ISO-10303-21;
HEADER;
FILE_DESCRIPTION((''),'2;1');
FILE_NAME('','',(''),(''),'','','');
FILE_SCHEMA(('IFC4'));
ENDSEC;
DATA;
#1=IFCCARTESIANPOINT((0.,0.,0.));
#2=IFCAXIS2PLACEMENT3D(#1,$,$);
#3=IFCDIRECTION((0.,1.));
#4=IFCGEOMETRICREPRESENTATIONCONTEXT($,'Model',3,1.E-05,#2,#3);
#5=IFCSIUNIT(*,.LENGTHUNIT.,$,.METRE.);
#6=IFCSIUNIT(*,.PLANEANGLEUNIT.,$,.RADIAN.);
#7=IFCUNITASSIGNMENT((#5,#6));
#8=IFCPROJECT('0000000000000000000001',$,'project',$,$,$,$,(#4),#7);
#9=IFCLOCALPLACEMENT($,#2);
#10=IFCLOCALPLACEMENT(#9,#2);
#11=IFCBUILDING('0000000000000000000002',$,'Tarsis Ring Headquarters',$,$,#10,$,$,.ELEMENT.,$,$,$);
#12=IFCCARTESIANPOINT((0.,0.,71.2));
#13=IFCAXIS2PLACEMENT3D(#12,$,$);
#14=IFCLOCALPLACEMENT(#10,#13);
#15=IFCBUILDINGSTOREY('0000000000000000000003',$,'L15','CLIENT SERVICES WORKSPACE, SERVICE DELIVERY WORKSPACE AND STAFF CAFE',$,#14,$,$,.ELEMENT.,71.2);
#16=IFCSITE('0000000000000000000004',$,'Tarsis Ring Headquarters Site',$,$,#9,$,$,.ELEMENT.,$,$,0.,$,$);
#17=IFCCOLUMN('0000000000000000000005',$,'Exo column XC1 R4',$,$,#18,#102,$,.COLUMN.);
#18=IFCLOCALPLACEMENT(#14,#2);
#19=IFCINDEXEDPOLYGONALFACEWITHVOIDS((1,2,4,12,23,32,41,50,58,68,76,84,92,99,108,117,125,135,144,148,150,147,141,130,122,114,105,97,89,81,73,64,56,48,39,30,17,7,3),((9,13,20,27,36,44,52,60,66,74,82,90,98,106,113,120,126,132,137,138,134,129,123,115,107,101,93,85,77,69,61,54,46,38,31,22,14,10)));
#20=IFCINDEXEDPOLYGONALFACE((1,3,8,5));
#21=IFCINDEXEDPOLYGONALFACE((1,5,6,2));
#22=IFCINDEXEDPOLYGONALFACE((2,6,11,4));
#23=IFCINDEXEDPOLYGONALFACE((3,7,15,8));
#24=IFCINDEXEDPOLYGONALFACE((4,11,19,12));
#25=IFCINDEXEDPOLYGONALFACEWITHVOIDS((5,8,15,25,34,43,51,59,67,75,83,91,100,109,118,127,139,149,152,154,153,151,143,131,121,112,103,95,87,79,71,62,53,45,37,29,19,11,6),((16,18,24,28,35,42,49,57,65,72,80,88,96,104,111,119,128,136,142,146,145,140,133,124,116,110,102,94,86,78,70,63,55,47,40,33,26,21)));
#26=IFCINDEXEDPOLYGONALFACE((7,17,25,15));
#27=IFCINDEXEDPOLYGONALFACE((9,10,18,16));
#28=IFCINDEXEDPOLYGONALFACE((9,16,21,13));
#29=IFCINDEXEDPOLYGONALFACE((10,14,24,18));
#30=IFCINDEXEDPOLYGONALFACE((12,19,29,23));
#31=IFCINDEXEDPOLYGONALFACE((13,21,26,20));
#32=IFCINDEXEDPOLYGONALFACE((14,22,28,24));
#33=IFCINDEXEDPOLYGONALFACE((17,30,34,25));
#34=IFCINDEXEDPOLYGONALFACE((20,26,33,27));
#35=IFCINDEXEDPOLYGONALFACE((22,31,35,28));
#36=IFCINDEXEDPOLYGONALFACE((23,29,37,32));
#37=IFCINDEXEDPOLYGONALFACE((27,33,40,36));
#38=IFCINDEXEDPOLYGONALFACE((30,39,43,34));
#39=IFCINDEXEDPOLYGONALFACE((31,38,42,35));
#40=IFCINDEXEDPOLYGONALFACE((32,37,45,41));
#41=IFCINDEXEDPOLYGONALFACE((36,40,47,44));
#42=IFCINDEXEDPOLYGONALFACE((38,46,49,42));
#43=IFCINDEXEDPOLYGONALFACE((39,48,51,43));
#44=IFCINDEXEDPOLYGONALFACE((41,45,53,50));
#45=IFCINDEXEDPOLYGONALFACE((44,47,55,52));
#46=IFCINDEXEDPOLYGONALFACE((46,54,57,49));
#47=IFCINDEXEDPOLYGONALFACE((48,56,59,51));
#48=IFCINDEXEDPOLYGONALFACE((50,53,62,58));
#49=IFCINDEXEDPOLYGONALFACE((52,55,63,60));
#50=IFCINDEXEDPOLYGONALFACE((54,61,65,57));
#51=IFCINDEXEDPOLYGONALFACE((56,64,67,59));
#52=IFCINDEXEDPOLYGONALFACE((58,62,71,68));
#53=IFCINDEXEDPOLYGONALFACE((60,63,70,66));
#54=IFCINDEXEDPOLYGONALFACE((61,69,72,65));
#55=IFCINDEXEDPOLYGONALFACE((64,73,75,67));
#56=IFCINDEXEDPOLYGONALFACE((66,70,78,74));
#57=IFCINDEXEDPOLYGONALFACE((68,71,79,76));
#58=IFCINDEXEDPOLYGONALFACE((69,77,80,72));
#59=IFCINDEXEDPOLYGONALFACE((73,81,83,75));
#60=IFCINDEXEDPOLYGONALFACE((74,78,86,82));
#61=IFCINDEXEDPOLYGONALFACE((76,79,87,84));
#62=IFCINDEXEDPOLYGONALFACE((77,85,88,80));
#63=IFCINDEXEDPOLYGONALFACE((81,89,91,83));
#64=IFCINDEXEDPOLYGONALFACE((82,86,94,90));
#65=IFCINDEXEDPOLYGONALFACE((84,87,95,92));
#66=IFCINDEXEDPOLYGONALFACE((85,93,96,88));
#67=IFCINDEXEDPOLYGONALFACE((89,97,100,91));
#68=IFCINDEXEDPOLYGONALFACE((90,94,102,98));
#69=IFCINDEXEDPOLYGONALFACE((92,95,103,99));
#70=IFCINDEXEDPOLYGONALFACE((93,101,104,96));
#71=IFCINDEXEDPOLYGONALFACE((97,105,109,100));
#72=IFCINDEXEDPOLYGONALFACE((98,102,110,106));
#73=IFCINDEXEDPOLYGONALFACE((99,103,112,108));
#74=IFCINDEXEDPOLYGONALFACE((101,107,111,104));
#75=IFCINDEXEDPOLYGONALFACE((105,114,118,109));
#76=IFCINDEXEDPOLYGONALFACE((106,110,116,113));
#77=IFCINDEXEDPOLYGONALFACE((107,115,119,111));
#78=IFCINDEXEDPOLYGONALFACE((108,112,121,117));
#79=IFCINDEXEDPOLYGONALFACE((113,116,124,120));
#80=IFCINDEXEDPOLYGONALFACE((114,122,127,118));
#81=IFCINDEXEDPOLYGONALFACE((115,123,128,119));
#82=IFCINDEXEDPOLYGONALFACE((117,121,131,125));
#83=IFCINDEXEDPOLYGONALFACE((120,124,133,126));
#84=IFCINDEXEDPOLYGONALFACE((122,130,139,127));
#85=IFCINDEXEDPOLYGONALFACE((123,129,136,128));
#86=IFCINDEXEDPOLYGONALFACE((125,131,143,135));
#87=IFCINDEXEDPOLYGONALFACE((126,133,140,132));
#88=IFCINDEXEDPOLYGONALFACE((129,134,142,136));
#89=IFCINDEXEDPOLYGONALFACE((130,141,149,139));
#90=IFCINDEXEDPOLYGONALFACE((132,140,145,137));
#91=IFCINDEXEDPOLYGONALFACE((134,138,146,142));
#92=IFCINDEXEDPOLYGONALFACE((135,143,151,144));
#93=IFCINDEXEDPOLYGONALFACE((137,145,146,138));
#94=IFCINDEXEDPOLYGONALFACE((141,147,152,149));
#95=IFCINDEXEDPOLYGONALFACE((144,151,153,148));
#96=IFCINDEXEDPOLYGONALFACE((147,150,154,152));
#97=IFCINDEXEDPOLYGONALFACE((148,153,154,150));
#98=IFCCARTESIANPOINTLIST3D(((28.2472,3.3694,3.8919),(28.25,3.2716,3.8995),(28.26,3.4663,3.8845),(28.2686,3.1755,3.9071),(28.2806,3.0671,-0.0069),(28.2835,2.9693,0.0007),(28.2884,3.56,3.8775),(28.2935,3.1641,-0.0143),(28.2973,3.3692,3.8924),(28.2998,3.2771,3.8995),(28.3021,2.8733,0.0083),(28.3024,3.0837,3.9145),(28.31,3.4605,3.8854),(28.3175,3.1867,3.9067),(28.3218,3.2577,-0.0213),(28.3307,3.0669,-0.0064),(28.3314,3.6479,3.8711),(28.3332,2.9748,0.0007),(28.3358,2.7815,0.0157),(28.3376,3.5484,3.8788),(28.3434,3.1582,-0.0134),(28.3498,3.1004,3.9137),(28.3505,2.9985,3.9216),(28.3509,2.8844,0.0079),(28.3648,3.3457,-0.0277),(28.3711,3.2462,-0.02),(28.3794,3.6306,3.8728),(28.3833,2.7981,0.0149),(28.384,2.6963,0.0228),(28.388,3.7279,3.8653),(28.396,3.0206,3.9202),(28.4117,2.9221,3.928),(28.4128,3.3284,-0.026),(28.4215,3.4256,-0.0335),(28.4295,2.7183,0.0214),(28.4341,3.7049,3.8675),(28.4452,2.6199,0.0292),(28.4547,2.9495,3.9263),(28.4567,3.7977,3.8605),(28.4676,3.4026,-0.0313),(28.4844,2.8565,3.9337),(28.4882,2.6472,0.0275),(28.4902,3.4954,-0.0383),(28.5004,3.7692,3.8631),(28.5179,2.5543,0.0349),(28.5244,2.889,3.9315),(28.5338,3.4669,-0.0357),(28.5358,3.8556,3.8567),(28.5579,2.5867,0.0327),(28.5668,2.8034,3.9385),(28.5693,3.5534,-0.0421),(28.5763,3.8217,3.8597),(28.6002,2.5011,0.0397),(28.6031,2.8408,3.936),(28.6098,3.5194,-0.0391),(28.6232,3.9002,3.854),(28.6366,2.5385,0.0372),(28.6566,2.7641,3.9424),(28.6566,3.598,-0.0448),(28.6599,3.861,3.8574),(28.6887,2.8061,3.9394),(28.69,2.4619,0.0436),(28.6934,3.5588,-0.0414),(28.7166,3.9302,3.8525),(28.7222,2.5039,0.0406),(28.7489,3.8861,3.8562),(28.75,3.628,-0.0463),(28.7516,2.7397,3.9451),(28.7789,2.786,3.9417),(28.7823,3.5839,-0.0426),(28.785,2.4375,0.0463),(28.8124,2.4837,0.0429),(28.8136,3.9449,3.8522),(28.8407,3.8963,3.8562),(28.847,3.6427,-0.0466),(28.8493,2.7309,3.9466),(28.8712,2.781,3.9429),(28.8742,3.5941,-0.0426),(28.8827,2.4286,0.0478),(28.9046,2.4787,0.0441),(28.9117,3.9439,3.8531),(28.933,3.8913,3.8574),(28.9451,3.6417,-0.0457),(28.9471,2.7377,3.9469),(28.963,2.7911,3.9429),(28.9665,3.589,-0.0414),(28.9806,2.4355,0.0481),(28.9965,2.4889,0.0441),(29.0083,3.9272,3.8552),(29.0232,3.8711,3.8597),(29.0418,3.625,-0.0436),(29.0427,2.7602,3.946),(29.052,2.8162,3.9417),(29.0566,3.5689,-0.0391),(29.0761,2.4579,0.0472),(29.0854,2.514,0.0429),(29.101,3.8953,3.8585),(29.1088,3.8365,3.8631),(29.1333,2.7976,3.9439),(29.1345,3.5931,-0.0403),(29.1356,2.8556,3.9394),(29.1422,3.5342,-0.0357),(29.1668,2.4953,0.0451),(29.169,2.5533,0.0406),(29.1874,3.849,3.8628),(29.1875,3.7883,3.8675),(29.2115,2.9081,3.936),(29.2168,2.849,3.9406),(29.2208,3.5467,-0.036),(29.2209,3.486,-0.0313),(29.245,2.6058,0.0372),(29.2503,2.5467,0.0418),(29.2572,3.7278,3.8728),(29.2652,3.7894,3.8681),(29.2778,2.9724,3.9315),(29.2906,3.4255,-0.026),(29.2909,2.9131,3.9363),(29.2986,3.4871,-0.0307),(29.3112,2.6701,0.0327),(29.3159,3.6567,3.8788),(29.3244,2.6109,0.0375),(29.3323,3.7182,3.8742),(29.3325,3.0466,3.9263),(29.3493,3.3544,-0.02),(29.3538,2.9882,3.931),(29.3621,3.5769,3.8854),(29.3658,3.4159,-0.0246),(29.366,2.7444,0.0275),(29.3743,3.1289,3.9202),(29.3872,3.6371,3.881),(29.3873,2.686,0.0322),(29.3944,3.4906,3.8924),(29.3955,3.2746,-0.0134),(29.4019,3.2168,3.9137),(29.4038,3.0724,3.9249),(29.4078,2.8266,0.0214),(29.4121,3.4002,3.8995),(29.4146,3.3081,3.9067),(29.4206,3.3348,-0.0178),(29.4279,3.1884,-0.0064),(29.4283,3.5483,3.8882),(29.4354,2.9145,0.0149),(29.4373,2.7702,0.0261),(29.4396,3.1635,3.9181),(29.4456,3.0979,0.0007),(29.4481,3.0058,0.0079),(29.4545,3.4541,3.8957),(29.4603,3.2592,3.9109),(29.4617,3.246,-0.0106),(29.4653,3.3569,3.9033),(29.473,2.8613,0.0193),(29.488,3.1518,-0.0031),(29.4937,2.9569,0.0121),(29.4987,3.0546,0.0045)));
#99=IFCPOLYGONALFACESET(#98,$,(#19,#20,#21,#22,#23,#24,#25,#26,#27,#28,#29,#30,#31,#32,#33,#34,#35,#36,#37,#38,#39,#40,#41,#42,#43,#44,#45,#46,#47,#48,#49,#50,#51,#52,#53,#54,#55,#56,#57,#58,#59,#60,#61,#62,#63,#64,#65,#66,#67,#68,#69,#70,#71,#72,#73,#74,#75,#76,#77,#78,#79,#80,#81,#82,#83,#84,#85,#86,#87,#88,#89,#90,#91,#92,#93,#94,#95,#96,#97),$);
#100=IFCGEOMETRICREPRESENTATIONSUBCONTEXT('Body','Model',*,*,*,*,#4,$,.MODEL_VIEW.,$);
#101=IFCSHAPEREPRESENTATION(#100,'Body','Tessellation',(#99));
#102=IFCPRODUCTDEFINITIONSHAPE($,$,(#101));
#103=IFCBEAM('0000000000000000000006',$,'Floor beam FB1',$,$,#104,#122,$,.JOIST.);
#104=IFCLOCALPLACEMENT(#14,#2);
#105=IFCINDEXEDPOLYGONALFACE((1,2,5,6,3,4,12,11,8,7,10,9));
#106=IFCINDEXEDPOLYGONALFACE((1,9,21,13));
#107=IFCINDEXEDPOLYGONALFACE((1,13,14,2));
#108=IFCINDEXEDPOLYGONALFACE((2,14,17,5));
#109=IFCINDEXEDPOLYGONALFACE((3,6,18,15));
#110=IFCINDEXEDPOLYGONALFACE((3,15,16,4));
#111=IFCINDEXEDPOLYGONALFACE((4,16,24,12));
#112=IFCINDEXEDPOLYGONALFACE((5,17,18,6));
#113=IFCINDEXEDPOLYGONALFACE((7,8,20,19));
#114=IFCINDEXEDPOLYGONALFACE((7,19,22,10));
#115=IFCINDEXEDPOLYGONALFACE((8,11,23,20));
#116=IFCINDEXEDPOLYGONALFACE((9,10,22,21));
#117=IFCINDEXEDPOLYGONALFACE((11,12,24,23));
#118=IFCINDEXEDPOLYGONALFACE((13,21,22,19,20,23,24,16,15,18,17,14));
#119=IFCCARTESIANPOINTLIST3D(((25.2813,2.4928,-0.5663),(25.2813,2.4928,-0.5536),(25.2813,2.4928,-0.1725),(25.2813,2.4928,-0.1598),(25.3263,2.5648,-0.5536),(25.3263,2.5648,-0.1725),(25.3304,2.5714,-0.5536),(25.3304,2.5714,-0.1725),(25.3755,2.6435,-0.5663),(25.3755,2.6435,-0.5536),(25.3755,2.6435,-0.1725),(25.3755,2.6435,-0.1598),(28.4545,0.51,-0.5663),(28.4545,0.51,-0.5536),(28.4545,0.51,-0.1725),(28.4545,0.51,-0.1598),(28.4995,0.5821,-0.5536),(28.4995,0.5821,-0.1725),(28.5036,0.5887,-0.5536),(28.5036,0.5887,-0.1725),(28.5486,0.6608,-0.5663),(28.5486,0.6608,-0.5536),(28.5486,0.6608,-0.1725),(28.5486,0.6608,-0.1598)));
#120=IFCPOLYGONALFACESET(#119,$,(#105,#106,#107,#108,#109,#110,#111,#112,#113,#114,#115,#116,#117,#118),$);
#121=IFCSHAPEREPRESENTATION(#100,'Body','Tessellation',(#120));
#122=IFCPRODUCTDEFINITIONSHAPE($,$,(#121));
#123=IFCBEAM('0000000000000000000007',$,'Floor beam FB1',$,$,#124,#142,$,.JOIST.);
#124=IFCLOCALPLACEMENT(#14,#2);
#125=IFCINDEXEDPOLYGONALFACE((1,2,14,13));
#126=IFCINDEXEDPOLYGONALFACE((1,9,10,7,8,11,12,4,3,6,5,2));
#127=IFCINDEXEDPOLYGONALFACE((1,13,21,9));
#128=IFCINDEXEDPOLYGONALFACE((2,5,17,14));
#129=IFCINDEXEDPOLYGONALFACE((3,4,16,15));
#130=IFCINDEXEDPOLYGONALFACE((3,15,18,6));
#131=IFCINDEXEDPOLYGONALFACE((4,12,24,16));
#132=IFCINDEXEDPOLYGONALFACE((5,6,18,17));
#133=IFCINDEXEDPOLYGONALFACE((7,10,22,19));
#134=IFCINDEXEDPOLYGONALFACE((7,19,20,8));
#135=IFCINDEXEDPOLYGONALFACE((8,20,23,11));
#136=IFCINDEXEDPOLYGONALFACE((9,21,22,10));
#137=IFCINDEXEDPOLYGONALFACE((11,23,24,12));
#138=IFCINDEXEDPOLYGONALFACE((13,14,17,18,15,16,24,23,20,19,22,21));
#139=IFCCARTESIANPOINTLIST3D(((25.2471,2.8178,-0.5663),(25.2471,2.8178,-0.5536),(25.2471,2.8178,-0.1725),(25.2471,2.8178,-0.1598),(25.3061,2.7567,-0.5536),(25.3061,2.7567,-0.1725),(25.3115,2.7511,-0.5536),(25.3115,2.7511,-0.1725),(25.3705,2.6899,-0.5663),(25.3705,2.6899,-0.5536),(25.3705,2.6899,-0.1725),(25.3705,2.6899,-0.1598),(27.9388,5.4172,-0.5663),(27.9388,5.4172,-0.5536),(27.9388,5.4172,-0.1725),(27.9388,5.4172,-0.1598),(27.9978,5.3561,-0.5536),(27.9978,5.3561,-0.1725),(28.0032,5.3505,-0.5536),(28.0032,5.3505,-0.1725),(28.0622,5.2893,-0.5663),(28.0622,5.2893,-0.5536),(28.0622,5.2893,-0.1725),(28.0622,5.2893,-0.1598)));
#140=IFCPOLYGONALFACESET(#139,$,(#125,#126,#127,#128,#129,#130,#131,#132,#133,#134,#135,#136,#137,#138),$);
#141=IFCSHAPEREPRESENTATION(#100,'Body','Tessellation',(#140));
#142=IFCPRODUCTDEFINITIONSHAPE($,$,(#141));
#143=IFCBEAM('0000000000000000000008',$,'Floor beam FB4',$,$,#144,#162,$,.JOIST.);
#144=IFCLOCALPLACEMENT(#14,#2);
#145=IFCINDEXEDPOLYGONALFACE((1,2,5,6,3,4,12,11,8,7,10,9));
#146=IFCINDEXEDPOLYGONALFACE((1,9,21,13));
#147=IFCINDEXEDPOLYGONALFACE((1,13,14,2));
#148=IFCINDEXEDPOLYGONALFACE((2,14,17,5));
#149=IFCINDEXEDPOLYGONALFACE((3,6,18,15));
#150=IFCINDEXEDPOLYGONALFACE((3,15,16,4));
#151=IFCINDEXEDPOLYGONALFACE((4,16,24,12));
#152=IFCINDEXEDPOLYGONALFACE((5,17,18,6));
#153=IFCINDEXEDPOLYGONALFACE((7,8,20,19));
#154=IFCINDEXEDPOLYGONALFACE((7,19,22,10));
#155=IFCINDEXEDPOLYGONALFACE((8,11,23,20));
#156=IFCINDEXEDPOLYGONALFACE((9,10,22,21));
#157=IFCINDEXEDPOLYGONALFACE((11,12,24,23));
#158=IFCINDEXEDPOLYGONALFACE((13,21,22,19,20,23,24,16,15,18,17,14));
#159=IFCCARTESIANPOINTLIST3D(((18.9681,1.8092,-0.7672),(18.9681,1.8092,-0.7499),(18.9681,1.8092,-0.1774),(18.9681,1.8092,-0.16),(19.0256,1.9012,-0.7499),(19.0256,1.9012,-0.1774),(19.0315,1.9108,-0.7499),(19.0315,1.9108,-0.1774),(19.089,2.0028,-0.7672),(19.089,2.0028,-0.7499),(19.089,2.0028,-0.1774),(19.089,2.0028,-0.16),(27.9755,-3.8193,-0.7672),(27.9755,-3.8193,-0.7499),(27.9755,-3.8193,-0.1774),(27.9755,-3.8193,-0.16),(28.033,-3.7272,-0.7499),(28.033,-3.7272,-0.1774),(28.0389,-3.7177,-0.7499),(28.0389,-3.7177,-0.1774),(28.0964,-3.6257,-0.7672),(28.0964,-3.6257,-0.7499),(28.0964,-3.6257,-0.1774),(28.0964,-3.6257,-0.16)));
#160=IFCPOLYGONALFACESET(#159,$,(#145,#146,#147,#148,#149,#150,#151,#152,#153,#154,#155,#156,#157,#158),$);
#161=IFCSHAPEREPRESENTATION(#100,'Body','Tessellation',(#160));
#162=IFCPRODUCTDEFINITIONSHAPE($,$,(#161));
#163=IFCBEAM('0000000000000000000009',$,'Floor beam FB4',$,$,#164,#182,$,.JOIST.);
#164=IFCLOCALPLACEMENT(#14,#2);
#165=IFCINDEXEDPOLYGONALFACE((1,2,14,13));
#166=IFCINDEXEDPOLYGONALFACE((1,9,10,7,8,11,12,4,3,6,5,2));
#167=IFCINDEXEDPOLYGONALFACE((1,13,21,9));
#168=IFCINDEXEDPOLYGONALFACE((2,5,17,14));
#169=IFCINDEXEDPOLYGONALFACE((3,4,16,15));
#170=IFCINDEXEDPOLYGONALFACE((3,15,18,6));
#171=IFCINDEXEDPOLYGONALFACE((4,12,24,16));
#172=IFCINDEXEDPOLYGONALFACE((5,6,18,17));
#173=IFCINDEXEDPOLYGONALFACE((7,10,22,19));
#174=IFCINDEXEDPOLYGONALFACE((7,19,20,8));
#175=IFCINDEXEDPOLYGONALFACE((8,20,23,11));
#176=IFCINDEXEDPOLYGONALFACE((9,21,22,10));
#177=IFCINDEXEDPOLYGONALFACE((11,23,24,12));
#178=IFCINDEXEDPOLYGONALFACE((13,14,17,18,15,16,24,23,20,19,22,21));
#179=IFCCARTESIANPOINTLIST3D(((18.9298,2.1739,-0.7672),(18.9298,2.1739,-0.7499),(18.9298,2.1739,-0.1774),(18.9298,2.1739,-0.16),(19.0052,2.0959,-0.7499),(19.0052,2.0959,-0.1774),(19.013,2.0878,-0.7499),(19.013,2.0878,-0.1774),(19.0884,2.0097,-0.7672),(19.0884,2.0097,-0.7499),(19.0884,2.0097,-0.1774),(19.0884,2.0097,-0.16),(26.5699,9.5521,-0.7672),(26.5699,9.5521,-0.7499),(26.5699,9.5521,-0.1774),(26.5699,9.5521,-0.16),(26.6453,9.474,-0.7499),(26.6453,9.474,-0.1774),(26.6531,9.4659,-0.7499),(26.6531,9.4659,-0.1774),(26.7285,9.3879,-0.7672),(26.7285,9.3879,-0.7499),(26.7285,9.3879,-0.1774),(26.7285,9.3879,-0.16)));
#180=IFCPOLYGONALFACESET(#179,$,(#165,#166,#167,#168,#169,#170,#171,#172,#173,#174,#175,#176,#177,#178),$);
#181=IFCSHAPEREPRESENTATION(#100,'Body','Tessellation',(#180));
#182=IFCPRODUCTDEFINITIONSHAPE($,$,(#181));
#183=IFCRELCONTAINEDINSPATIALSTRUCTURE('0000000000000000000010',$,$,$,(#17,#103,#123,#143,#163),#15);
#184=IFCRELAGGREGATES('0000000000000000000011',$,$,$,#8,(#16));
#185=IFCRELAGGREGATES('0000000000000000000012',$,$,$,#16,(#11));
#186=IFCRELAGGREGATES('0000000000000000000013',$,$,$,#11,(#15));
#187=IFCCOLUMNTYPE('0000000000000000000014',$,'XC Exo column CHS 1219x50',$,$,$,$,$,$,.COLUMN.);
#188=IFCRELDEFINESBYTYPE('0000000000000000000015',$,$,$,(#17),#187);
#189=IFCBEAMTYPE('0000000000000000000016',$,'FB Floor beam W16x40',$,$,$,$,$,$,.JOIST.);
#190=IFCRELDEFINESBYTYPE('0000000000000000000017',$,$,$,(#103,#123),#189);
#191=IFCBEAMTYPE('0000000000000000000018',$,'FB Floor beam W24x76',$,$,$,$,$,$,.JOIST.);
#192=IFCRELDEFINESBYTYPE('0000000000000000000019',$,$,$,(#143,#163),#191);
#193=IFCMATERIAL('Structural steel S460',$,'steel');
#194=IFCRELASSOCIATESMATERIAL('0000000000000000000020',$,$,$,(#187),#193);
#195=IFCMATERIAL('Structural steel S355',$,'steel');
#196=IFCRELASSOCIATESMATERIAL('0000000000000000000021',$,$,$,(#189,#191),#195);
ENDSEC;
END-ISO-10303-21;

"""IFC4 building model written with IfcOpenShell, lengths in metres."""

from ifc_helpers import new_model, si_unit, direction, frame, origin, origin_2d, place, context, subcontext, project, spatial, hollow_circle, i_section, extrude, material, material_profile, profile_set, type_object, element, save


model = new_model("IFC4")

# Units and contexts
model_context = context("Model", 3, precision=1e-05, world=origin(), true_north=direction((0.0, 1.0)))
body_context = subcontext(model_context, "Body", "Model", "MODEL_VIEW")
ifc_project = project(units=[si_unit("LENGTHUNIT", "METRE"), si_unit("PLANEANGLEUNIT", "RADIAN")], contexts=[model_context])

# Site, building, storey
site_placement = place(None, origin())
site = spatial("IfcSite", under=ifc_project, at=site_placement, Name="Tarsis Ring Headquarters Site", CompositionType="ELEMENT", RefElevation=0.0)
building_placement = place(site_placement, origin())
building = spatial("IfcBuilding", under=site, at=building_placement, Name="Tarsis Ring Headquarters", CompositionType="ELEMENT")
storey_placement = place(building_placement, frame((0.0, 0.0, 71.2)))
storey = spatial("IfcBuildingStorey", under=building, at=storey_placement, Name="L15", Description="CLIENT SERVICES WORKSPACE, SERVICE DELIVERY WORKSPACE AND STAFF CAFE", CompositionType="ELEMENT", Elevation=71.2)

# Column
ifc_material_1 = material(Name="Structural steel S460", Category="steel")
ifc_material_profile_1 = material_profile(ifc_material_1, hollow_circle(Radius=0.6096, WallThickness=0.05, at=origin_2d()), Name="CHS 1219x50")
ifc_profile_set_1 = profile_set([ifc_material_profile_1], Name="Structural steel S460")
column_type = type_object("IfcColumnType", Name="XC Exo column CHS 1219x50", PredefinedType="COLUMN", material=ifc_profile_set_1)
column_placement = place(storey_placement, frame((28.8894, 3.0364, 0.0007), z_axis=(-0.008553, 0.07729, 0.996972), x_axis=(-0.993933, -0.109991, 0.0)))
element("IfcColumn", 1, at=column_placement, inside=storey, type_object=column_type, Name="Exo column XC1 R4", PredefinedType="COLUMN", context=body_context, shape_type="SweptSolid", body=[
    extrude(hollow_circle(Radius=0.6096, WallThickness=0.05, at=origin_2d()), origin(), (0.0, 0.0, 1.0), 3.9106),
])

# Beams
ifc_material_2 = material(Name="Structural steel S355", Category="steel")
ifc_material_profile_2 = material_profile(ifc_material_2, i_section(OverallWidth=0.1777, OverallDepth=0.4065, WebThickness=0.0078, FlangeThickness=0.0127, at=origin_2d()), Name="W16x40")
ifc_profile_set_2 = profile_set([ifc_material_profile_2], Name="Structural steel S355")
beam_type_1 = type_object("IfcBeamType", Name="FB Floor beam W16x40", PredefinedType="JOIST", material=ifc_profile_set_2)
beam_1_placement = place(storey_placement, frame((25.3284, 2.5681, -0.363), z_axis=(0.848061, -0.529899, 0.0), x_axis=(0.529899, 0.848061, 0.0)))
element("IfcBeam", 2, at=beam_1_placement, inside=storey, type_object=beam_type_1, Name="Floor beam FB1", PredefinedType="JOIST", context=body_context, shape_type="SweptSolid", body=[
    extrude(i_section(OverallWidth=0.1777, OverallDepth=0.4065, WebThickness=0.0078, FlangeThickness=0.0127, at=origin_2d()), origin(), (0.0, 0.0, 1.0), 3.7417),
])
beam_2_placement = place(storey_placement, frame((28.0005, 5.3533, -0.363), z_axis=(-0.719331, -0.694668, 0.0), x_axis=(0.694668, -0.719331, 0.0)))
element("IfcBeam", 3, at=beam_2_placement, inside=storey, type_object=beam_type_1, Name="Floor beam FB1", PredefinedType="JOIST", context=body_context, shape_type="SweptSolid", body=[
    extrude(i_section(OverallWidth=0.1777, OverallDepth=0.4065, WebThickness=0.0078, FlangeThickness=0.0127, at=origin_2d()), origin(), (0.0, 0.0, 1.0), 3.7419),
])
ifc_material_profile_3 = material_profile(ifc_material_2, i_section(OverallWidth=0.2283, OverallDepth=0.6072, WebThickness=0.0112, FlangeThickness=0.0173, at=origin_2d()), Name="W24x76")
ifc_profile_set_3 = profile_set([ifc_material_profile_3], Name="Structural steel S355")
beam_type_2 = type_object("IfcBeamType", Name="FB Floor beam W24x76", PredefinedType="JOIST", material=ifc_profile_set_3)
beam_3_placement = place(storey_placement, frame((19.0286, 1.906, -0.4636), z_axis=(0.848047, -0.52992, 0.0), x_axis=(0.52992, 0.848047, 0.0)))
element("IfcBeam", 4, at=beam_3_placement, inside=storey, type_object=beam_type_2, Name="Floor beam FB4", PredefinedType="JOIST", context=body_context, shape_type="SweptSolid", body=[
    extrude(i_section(OverallWidth=0.2283, OverallDepth=0.6072, WebThickness=0.0112, FlangeThickness=0.0173, at=origin_2d()), origin(), (0.0, 0.0, 1.0), 10.6213),
])
beam_4_placement = place(storey_placement, frame((26.6492, 9.47, -0.4636), z_axis=(-0.719331, -0.694667, 0.0), x_axis=(0.694667, -0.719331, 0.0)))
element("IfcBeam", 5, at=beam_4_placement, inside=storey, type_object=beam_type_2, Name="Floor beam FB4", PredefinedType="JOIST", context=body_context, shape_type="SweptSolid", body=[
    extrude(i_section(OverallWidth=0.2283, OverallDepth=0.6072, WebThickness=0.0112, FlangeThickness=0.0173, at=origin_2d()), origin(), (0.0, 0.0, 1.0), 10.6211),
])

save(model, "model.ifc")
